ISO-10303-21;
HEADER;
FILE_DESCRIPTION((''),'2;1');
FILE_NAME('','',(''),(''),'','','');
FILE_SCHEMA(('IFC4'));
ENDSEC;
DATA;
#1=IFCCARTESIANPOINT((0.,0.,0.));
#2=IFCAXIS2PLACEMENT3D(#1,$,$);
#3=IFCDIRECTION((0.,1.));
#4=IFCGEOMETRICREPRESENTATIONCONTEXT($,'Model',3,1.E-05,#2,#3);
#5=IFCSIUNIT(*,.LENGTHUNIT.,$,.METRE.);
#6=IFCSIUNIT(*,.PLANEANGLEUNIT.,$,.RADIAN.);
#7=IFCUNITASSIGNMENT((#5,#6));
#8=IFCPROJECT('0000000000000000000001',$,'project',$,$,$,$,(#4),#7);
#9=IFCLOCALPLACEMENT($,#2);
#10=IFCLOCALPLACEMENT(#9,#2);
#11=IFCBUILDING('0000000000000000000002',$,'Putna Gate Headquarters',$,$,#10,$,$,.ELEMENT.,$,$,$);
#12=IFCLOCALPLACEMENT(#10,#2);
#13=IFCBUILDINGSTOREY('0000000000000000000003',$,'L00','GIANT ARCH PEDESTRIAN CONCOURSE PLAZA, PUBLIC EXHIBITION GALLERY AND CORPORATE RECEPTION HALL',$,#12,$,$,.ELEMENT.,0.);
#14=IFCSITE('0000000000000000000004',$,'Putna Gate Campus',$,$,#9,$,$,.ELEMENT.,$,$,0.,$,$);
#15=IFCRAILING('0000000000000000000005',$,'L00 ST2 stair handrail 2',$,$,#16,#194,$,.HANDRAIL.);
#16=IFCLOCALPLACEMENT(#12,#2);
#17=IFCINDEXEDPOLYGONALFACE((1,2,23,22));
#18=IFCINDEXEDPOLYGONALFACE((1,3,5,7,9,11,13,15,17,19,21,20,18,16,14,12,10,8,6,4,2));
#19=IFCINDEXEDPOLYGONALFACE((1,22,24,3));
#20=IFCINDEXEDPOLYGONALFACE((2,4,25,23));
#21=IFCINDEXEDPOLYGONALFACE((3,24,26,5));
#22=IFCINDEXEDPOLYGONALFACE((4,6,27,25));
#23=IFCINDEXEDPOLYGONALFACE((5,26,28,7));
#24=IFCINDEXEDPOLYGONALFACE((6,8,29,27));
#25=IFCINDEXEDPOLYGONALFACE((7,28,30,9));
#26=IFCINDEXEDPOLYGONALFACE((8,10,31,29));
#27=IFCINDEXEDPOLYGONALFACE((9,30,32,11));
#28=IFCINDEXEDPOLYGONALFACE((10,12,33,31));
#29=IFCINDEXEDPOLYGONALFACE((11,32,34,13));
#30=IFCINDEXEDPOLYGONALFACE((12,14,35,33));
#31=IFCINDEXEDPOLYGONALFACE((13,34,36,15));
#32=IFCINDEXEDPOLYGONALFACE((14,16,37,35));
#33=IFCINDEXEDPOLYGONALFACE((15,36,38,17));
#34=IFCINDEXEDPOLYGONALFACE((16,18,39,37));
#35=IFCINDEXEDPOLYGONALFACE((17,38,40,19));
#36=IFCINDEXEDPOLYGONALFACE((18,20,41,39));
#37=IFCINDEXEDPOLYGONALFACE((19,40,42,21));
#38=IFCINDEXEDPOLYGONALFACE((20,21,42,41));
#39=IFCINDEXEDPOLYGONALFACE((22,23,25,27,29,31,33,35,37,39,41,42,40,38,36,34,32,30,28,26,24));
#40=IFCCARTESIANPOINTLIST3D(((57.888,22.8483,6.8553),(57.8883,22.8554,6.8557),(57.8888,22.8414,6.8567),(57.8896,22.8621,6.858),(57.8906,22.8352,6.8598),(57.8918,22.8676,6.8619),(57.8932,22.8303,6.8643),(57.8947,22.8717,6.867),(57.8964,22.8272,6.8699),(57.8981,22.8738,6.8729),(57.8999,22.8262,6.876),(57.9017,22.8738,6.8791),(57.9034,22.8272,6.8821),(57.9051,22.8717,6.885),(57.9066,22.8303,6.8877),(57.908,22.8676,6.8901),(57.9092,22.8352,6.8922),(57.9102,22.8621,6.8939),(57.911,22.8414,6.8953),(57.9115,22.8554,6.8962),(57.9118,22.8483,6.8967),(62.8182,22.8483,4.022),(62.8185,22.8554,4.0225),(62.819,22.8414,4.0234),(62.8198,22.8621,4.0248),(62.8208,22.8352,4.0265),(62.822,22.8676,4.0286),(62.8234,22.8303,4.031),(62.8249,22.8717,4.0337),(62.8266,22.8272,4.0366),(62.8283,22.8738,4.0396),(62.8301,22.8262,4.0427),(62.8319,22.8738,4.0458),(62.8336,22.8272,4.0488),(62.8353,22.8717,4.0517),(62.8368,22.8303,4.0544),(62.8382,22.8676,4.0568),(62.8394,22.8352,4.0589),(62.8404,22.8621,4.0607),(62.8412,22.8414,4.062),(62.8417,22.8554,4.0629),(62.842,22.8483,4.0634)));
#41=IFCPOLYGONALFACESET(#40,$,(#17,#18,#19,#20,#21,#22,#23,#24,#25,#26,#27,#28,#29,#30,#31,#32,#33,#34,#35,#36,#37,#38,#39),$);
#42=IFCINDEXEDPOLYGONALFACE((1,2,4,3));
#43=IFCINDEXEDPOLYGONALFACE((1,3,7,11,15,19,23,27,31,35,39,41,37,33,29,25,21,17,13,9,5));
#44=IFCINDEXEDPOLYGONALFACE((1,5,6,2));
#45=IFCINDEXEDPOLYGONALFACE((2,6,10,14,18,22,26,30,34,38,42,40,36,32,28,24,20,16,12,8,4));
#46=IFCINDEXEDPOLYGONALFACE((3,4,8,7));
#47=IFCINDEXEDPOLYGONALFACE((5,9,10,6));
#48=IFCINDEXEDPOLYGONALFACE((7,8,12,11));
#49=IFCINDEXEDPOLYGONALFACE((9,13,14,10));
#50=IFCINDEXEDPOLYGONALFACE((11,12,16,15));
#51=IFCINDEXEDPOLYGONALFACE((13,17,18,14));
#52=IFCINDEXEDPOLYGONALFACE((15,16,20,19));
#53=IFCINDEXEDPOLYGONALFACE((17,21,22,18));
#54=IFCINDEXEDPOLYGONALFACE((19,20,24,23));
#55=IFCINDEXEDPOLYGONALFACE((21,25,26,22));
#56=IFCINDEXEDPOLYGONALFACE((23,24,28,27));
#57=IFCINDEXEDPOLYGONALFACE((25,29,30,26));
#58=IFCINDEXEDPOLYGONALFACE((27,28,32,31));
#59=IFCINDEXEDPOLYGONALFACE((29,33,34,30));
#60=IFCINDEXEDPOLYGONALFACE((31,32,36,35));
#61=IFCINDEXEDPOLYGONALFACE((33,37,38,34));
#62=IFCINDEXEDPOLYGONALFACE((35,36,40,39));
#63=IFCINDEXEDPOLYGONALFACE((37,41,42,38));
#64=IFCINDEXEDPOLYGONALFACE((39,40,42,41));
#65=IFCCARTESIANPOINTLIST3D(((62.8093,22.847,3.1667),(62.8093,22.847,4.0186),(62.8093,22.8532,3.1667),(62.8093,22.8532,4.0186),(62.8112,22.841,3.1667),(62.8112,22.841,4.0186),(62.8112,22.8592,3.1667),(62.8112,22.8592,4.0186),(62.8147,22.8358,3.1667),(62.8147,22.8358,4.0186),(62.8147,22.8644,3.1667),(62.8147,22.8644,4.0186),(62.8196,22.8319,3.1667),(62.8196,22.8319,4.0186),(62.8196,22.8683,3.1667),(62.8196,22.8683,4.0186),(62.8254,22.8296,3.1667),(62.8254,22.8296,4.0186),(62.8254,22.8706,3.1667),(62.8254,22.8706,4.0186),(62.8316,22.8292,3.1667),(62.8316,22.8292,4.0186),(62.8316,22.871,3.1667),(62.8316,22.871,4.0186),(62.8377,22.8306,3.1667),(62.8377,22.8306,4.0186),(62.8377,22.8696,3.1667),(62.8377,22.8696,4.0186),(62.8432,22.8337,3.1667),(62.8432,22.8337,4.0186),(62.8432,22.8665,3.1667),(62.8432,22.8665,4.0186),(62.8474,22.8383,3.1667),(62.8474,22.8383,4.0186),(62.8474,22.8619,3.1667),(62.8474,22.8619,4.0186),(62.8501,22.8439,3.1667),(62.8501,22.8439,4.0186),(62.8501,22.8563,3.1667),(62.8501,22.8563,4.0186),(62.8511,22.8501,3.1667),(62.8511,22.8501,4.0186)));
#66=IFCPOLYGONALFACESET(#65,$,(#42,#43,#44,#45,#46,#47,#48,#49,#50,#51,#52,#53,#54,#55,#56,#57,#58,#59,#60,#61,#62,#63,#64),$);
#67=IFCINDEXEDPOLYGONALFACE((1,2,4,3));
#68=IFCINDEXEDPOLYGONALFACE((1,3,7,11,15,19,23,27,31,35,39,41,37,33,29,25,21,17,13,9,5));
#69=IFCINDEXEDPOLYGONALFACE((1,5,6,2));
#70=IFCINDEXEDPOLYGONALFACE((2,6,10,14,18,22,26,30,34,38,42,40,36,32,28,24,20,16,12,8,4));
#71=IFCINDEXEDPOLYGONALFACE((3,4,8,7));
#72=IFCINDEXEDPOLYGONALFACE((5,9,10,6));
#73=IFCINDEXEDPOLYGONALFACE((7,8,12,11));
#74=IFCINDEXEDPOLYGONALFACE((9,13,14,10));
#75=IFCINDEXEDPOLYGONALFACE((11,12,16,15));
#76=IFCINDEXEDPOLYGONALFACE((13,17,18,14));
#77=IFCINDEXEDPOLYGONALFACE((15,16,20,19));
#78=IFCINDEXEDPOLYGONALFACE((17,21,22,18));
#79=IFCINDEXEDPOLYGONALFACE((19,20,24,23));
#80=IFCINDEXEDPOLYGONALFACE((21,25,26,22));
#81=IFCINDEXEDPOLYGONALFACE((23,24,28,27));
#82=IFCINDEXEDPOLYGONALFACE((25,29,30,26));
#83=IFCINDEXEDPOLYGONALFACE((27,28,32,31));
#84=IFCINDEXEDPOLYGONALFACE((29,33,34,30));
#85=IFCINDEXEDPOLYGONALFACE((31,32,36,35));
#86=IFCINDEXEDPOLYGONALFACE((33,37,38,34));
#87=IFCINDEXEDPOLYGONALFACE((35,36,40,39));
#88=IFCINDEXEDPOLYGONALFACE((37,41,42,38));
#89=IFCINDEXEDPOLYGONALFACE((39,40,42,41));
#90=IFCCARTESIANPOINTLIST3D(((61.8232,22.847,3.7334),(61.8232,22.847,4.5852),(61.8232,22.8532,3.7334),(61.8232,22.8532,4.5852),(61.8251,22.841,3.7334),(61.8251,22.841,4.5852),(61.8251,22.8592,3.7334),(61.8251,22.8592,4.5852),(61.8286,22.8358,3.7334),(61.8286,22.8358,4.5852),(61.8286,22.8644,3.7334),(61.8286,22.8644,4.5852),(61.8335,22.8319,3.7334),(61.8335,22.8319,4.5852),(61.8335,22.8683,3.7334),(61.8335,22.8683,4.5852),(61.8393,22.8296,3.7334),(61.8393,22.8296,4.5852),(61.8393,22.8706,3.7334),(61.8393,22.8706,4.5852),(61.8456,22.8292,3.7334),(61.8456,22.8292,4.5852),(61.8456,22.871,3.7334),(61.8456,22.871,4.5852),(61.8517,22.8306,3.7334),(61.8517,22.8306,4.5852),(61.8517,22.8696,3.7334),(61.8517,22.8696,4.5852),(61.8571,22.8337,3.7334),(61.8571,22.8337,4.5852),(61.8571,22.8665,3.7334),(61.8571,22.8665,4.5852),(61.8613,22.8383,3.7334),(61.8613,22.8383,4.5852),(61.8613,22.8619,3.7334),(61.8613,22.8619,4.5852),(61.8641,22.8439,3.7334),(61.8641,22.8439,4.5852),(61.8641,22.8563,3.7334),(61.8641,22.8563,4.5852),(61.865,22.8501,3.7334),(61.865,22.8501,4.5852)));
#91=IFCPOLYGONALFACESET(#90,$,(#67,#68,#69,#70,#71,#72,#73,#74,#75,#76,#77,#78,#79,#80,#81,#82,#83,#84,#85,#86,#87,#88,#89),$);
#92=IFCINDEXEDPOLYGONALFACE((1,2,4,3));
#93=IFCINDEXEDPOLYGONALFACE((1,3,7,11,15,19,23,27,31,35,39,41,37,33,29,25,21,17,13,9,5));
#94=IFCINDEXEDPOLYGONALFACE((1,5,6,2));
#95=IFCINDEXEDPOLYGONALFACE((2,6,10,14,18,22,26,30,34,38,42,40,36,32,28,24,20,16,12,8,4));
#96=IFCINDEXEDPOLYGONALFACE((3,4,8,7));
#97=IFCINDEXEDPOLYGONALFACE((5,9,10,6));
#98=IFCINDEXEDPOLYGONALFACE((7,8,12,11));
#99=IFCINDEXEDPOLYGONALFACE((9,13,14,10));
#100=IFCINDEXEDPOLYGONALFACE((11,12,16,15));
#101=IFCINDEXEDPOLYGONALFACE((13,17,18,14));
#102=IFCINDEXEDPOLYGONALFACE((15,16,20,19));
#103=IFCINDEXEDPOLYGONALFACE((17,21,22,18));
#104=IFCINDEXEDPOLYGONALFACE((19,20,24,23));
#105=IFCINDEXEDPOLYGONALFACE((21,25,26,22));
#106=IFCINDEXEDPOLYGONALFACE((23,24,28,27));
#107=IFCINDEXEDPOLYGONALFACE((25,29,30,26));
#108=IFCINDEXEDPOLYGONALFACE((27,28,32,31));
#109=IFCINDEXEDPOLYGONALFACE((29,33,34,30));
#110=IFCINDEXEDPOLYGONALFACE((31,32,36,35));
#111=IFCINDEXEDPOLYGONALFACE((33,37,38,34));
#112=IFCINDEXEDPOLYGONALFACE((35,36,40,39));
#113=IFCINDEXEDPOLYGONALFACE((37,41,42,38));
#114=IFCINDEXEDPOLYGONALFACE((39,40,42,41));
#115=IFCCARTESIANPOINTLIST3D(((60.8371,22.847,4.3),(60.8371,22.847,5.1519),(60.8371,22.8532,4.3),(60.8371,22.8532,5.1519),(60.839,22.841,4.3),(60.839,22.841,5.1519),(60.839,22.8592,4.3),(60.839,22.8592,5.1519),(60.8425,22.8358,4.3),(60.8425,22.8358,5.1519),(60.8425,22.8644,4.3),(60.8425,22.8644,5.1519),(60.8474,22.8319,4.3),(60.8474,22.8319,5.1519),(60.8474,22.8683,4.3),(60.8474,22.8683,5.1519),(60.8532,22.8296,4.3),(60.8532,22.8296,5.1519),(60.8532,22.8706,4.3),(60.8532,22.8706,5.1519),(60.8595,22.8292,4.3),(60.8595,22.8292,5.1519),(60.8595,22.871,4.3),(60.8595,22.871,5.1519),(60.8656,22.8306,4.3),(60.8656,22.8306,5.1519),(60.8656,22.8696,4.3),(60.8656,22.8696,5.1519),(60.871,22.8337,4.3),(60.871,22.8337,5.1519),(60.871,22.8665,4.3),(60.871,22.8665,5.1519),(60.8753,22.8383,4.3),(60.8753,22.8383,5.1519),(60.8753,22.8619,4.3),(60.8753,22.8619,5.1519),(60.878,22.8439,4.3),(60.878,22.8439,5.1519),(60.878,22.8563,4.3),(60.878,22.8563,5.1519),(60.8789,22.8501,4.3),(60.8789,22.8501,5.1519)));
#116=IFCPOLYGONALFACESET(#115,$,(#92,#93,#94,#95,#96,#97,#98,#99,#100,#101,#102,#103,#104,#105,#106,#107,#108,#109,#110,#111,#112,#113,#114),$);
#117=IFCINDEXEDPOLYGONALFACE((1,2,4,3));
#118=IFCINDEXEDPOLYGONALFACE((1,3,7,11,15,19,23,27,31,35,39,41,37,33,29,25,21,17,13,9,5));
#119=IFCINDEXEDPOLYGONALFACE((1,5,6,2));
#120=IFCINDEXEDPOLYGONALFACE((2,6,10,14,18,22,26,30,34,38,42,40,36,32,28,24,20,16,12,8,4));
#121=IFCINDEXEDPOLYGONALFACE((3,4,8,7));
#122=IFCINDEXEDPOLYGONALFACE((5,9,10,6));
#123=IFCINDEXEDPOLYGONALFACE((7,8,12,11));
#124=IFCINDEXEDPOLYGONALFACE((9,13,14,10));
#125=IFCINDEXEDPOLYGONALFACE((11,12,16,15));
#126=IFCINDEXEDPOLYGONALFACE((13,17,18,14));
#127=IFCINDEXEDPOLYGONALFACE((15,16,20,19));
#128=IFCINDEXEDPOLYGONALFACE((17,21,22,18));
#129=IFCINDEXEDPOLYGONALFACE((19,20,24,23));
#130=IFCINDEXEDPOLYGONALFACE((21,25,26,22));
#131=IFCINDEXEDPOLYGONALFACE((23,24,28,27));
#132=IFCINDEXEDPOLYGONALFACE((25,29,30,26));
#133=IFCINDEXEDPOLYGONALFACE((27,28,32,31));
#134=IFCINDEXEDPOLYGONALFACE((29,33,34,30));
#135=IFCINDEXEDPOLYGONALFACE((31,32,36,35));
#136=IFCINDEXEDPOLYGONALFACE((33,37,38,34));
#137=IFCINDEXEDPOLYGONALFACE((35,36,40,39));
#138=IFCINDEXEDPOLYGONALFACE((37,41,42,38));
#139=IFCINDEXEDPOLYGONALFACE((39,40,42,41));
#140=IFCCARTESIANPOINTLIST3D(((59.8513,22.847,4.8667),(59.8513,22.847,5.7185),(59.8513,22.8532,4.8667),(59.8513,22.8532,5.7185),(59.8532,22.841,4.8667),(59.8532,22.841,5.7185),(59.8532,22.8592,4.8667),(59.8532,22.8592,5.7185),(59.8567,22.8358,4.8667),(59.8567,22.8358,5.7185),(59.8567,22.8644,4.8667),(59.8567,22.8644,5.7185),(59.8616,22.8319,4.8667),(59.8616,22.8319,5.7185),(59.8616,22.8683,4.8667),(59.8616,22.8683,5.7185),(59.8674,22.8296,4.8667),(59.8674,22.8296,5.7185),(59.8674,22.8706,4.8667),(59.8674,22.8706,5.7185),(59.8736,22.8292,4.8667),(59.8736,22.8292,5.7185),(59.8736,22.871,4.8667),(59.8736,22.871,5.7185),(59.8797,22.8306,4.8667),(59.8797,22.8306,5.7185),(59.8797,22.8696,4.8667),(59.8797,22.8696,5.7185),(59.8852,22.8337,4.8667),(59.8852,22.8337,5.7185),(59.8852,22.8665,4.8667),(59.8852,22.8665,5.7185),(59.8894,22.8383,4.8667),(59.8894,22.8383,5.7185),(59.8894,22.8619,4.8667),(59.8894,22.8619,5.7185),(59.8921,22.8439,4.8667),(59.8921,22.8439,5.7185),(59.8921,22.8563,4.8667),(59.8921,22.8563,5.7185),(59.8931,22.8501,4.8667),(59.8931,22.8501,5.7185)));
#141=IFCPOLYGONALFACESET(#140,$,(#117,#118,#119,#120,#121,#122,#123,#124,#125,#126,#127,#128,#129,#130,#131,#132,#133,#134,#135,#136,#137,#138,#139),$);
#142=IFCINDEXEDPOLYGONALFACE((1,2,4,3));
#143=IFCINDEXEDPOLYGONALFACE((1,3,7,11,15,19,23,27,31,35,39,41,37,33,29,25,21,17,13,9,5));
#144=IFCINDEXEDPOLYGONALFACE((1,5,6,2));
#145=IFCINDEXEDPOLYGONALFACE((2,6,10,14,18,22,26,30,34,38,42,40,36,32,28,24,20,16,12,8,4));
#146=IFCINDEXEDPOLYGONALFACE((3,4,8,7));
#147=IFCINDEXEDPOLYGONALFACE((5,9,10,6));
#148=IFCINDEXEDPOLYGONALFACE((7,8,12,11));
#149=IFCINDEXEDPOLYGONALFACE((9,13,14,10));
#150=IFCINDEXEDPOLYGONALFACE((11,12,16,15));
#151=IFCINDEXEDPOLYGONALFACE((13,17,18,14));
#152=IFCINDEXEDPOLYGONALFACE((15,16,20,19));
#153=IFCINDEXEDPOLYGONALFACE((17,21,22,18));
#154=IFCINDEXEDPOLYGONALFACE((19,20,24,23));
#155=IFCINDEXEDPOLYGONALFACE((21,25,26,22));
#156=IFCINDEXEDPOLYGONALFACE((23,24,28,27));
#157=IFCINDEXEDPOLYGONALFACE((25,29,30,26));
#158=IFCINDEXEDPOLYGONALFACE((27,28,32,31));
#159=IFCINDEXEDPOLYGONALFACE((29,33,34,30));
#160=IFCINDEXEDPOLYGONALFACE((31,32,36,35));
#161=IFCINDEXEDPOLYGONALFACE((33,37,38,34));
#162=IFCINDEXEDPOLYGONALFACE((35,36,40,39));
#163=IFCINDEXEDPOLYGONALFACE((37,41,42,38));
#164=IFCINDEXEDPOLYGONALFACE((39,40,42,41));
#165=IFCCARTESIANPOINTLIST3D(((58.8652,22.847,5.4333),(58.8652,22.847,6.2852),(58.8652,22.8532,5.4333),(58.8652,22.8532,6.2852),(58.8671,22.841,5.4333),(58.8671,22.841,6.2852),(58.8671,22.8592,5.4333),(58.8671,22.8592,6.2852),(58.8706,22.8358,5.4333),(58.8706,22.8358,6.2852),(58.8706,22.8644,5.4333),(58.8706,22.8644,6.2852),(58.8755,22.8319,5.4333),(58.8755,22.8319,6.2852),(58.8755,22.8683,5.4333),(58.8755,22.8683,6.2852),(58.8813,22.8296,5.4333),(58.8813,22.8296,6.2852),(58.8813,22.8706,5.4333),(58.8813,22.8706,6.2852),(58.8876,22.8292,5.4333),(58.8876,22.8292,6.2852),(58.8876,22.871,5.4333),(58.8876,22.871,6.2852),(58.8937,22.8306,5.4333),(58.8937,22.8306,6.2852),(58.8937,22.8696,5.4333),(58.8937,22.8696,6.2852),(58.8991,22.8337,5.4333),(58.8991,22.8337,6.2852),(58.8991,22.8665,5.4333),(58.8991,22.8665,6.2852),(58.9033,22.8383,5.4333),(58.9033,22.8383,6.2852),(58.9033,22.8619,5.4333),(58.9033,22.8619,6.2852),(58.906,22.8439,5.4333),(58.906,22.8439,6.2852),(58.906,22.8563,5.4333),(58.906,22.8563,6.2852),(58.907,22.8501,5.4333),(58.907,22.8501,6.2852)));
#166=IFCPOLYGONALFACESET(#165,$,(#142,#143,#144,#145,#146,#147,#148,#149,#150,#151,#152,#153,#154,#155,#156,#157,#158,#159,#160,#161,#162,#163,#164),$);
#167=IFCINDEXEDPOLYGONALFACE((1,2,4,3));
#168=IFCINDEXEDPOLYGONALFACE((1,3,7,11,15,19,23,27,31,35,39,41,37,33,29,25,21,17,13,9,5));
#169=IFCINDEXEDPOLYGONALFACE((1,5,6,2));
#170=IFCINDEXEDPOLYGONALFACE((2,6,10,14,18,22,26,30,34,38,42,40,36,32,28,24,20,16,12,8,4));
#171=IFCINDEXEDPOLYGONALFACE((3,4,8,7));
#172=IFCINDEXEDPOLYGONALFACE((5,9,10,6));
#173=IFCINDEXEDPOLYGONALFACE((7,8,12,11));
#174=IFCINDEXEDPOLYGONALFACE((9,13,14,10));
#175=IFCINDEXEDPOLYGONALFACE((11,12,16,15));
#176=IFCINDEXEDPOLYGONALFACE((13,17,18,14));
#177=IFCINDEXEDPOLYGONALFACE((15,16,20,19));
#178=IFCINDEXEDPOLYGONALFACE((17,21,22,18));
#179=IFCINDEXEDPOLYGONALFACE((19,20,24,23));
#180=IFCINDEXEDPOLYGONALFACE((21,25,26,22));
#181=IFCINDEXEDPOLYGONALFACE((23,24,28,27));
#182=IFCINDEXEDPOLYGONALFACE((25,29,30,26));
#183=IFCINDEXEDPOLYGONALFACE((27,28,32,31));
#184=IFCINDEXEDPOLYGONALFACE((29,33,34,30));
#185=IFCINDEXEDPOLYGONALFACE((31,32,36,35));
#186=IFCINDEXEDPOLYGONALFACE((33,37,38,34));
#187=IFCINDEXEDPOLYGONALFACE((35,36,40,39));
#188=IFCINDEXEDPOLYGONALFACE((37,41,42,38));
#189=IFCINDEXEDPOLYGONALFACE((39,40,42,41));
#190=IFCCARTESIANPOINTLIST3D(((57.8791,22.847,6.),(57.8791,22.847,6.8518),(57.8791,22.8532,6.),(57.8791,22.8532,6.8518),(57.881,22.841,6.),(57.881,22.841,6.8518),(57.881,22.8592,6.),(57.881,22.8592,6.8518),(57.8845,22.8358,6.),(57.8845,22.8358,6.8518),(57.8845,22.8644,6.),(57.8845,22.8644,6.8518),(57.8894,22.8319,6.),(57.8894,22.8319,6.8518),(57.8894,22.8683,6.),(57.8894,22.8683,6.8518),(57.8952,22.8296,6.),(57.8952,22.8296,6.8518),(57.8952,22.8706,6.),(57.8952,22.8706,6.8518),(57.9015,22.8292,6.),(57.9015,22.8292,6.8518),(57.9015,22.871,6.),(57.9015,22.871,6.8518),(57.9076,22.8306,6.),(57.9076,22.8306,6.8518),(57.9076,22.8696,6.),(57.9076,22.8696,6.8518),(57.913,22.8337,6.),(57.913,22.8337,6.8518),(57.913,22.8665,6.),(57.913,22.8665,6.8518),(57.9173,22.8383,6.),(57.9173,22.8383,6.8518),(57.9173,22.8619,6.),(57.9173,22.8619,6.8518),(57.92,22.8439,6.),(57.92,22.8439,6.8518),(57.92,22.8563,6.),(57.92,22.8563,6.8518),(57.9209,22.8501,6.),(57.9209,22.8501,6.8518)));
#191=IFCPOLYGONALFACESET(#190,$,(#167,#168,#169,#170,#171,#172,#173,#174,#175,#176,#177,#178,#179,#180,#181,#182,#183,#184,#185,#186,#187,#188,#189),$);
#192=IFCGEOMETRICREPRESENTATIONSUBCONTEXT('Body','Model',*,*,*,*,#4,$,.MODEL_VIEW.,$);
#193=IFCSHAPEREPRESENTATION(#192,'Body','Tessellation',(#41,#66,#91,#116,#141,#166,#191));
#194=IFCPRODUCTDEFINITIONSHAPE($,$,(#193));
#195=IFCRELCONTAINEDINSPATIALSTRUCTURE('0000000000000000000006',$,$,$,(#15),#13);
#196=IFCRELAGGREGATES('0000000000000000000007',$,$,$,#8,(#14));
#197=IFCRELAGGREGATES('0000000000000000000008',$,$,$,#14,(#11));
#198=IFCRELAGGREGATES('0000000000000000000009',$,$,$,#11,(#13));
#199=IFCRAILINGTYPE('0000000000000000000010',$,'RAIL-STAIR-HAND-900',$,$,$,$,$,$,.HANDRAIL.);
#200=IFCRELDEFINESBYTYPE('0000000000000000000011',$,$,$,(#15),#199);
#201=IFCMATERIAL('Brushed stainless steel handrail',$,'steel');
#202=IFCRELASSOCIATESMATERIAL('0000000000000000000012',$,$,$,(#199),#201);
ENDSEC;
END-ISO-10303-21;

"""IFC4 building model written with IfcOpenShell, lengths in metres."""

from ifc_helpers import new_model, si_unit, direction, frame, origin, origin_2d, place, context, subcontext, project, spatial, circle, extrude, material, type_object, element, save


model = new_model("IFC4")

# Units and contexts
model_context = context("Model", 3, precision=1e-05, world=origin(), true_north=direction((0.0, 1.0)))
body_context = subcontext(model_context, "Body", "Model", "MODEL_VIEW")
ifc_project = project(units=[si_unit("LENGTHUNIT", "METRE"), si_unit("PLANEANGLEUNIT", "RADIAN")], contexts=[model_context])

# Site, building, storey
site_placement = place(None, origin())
site = spatial("IfcSite", under=ifc_project, at=site_placement, Name="Putna Gate Campus", CompositionType="ELEMENT", RefElevation=0.0)
building_placement = place(site_placement, origin())
building = spatial("IfcBuilding", under=site, at=building_placement, Name="Putna Gate Headquarters", CompositionType="ELEMENT")
storey_placement = place(building_placement, origin())
storey = spatial("IfcBuildingStorey", under=building, at=storey_placement, Name="L00", Description="GIANT ARCH PEDESTRIAN CONCOURSE PLAZA, PUBLIC EXHIBITION GALLERY AND CORPORATE RECEPTION HALL", CompositionType="ELEMENT", Elevation=0.0)

# Railing
ifc_material_1 = material(Name="Brushed stainless steel handrail", Category="steel")
railing_type_1 = type_object("IfcRailingType", Name="RAIL-STAIR-HAND-900", PredefinedType="HANDRAIL", material=ifc_material_1)
railing_1_placement = place(storey_placement, frame((62.8301, 22.8501, 3.1667)))
element("IfcRailing", 1, at=railing_1_placement, inside=storey, type_object=railing_type_1, Name="L00 ST2 stair handrail 2", PredefinedType="HANDRAIL", context=body_context, shape_type="SweptSolid", body=[
    extrude(circle(Radius=0.0239, at=origin_2d()), frame((0.0, 0.0, 0.876), z_axis=(-0.867028, 0.0, 0.49826), x_axis=(0.0, -1.0, 0.0)), (0.0, 0.0, 1.0), 5.6863),
    extrude(circle(Radius=0.021, at=origin_2d()), origin(), (0.0, 0.0, 1.0), 0.8518),
    extrude(circle(Radius=0.021, at=origin_2d()), frame((-0.9861, 0.0, 0.5667)), (0.0, 0.0, 1.0), 0.8518),
    extrude(circle(Radius=0.021, at=origin_2d()), frame((-1.9722, 0.0, 1.1333)), (0.0, 0.0, 1.0), 0.8518),
    extrude(circle(Radius=0.021, at=origin_2d()), frame((-2.958, 0.0, 1.7)), (0.0, 0.0, 1.0), 0.8518),
    extrude(circle(Radius=0.021, at=origin_2d()), frame((-3.9441, 0.0, 2.2666)), (0.0, 0.0, 1.0), 0.8518),
    extrude(circle(Radius=0.021, at=origin_2d()), frame((-4.9302, 0.0, 2.8333)), (0.0, 0.0, 1.0), 0.8518),
])

save(model, "model.ifc")
